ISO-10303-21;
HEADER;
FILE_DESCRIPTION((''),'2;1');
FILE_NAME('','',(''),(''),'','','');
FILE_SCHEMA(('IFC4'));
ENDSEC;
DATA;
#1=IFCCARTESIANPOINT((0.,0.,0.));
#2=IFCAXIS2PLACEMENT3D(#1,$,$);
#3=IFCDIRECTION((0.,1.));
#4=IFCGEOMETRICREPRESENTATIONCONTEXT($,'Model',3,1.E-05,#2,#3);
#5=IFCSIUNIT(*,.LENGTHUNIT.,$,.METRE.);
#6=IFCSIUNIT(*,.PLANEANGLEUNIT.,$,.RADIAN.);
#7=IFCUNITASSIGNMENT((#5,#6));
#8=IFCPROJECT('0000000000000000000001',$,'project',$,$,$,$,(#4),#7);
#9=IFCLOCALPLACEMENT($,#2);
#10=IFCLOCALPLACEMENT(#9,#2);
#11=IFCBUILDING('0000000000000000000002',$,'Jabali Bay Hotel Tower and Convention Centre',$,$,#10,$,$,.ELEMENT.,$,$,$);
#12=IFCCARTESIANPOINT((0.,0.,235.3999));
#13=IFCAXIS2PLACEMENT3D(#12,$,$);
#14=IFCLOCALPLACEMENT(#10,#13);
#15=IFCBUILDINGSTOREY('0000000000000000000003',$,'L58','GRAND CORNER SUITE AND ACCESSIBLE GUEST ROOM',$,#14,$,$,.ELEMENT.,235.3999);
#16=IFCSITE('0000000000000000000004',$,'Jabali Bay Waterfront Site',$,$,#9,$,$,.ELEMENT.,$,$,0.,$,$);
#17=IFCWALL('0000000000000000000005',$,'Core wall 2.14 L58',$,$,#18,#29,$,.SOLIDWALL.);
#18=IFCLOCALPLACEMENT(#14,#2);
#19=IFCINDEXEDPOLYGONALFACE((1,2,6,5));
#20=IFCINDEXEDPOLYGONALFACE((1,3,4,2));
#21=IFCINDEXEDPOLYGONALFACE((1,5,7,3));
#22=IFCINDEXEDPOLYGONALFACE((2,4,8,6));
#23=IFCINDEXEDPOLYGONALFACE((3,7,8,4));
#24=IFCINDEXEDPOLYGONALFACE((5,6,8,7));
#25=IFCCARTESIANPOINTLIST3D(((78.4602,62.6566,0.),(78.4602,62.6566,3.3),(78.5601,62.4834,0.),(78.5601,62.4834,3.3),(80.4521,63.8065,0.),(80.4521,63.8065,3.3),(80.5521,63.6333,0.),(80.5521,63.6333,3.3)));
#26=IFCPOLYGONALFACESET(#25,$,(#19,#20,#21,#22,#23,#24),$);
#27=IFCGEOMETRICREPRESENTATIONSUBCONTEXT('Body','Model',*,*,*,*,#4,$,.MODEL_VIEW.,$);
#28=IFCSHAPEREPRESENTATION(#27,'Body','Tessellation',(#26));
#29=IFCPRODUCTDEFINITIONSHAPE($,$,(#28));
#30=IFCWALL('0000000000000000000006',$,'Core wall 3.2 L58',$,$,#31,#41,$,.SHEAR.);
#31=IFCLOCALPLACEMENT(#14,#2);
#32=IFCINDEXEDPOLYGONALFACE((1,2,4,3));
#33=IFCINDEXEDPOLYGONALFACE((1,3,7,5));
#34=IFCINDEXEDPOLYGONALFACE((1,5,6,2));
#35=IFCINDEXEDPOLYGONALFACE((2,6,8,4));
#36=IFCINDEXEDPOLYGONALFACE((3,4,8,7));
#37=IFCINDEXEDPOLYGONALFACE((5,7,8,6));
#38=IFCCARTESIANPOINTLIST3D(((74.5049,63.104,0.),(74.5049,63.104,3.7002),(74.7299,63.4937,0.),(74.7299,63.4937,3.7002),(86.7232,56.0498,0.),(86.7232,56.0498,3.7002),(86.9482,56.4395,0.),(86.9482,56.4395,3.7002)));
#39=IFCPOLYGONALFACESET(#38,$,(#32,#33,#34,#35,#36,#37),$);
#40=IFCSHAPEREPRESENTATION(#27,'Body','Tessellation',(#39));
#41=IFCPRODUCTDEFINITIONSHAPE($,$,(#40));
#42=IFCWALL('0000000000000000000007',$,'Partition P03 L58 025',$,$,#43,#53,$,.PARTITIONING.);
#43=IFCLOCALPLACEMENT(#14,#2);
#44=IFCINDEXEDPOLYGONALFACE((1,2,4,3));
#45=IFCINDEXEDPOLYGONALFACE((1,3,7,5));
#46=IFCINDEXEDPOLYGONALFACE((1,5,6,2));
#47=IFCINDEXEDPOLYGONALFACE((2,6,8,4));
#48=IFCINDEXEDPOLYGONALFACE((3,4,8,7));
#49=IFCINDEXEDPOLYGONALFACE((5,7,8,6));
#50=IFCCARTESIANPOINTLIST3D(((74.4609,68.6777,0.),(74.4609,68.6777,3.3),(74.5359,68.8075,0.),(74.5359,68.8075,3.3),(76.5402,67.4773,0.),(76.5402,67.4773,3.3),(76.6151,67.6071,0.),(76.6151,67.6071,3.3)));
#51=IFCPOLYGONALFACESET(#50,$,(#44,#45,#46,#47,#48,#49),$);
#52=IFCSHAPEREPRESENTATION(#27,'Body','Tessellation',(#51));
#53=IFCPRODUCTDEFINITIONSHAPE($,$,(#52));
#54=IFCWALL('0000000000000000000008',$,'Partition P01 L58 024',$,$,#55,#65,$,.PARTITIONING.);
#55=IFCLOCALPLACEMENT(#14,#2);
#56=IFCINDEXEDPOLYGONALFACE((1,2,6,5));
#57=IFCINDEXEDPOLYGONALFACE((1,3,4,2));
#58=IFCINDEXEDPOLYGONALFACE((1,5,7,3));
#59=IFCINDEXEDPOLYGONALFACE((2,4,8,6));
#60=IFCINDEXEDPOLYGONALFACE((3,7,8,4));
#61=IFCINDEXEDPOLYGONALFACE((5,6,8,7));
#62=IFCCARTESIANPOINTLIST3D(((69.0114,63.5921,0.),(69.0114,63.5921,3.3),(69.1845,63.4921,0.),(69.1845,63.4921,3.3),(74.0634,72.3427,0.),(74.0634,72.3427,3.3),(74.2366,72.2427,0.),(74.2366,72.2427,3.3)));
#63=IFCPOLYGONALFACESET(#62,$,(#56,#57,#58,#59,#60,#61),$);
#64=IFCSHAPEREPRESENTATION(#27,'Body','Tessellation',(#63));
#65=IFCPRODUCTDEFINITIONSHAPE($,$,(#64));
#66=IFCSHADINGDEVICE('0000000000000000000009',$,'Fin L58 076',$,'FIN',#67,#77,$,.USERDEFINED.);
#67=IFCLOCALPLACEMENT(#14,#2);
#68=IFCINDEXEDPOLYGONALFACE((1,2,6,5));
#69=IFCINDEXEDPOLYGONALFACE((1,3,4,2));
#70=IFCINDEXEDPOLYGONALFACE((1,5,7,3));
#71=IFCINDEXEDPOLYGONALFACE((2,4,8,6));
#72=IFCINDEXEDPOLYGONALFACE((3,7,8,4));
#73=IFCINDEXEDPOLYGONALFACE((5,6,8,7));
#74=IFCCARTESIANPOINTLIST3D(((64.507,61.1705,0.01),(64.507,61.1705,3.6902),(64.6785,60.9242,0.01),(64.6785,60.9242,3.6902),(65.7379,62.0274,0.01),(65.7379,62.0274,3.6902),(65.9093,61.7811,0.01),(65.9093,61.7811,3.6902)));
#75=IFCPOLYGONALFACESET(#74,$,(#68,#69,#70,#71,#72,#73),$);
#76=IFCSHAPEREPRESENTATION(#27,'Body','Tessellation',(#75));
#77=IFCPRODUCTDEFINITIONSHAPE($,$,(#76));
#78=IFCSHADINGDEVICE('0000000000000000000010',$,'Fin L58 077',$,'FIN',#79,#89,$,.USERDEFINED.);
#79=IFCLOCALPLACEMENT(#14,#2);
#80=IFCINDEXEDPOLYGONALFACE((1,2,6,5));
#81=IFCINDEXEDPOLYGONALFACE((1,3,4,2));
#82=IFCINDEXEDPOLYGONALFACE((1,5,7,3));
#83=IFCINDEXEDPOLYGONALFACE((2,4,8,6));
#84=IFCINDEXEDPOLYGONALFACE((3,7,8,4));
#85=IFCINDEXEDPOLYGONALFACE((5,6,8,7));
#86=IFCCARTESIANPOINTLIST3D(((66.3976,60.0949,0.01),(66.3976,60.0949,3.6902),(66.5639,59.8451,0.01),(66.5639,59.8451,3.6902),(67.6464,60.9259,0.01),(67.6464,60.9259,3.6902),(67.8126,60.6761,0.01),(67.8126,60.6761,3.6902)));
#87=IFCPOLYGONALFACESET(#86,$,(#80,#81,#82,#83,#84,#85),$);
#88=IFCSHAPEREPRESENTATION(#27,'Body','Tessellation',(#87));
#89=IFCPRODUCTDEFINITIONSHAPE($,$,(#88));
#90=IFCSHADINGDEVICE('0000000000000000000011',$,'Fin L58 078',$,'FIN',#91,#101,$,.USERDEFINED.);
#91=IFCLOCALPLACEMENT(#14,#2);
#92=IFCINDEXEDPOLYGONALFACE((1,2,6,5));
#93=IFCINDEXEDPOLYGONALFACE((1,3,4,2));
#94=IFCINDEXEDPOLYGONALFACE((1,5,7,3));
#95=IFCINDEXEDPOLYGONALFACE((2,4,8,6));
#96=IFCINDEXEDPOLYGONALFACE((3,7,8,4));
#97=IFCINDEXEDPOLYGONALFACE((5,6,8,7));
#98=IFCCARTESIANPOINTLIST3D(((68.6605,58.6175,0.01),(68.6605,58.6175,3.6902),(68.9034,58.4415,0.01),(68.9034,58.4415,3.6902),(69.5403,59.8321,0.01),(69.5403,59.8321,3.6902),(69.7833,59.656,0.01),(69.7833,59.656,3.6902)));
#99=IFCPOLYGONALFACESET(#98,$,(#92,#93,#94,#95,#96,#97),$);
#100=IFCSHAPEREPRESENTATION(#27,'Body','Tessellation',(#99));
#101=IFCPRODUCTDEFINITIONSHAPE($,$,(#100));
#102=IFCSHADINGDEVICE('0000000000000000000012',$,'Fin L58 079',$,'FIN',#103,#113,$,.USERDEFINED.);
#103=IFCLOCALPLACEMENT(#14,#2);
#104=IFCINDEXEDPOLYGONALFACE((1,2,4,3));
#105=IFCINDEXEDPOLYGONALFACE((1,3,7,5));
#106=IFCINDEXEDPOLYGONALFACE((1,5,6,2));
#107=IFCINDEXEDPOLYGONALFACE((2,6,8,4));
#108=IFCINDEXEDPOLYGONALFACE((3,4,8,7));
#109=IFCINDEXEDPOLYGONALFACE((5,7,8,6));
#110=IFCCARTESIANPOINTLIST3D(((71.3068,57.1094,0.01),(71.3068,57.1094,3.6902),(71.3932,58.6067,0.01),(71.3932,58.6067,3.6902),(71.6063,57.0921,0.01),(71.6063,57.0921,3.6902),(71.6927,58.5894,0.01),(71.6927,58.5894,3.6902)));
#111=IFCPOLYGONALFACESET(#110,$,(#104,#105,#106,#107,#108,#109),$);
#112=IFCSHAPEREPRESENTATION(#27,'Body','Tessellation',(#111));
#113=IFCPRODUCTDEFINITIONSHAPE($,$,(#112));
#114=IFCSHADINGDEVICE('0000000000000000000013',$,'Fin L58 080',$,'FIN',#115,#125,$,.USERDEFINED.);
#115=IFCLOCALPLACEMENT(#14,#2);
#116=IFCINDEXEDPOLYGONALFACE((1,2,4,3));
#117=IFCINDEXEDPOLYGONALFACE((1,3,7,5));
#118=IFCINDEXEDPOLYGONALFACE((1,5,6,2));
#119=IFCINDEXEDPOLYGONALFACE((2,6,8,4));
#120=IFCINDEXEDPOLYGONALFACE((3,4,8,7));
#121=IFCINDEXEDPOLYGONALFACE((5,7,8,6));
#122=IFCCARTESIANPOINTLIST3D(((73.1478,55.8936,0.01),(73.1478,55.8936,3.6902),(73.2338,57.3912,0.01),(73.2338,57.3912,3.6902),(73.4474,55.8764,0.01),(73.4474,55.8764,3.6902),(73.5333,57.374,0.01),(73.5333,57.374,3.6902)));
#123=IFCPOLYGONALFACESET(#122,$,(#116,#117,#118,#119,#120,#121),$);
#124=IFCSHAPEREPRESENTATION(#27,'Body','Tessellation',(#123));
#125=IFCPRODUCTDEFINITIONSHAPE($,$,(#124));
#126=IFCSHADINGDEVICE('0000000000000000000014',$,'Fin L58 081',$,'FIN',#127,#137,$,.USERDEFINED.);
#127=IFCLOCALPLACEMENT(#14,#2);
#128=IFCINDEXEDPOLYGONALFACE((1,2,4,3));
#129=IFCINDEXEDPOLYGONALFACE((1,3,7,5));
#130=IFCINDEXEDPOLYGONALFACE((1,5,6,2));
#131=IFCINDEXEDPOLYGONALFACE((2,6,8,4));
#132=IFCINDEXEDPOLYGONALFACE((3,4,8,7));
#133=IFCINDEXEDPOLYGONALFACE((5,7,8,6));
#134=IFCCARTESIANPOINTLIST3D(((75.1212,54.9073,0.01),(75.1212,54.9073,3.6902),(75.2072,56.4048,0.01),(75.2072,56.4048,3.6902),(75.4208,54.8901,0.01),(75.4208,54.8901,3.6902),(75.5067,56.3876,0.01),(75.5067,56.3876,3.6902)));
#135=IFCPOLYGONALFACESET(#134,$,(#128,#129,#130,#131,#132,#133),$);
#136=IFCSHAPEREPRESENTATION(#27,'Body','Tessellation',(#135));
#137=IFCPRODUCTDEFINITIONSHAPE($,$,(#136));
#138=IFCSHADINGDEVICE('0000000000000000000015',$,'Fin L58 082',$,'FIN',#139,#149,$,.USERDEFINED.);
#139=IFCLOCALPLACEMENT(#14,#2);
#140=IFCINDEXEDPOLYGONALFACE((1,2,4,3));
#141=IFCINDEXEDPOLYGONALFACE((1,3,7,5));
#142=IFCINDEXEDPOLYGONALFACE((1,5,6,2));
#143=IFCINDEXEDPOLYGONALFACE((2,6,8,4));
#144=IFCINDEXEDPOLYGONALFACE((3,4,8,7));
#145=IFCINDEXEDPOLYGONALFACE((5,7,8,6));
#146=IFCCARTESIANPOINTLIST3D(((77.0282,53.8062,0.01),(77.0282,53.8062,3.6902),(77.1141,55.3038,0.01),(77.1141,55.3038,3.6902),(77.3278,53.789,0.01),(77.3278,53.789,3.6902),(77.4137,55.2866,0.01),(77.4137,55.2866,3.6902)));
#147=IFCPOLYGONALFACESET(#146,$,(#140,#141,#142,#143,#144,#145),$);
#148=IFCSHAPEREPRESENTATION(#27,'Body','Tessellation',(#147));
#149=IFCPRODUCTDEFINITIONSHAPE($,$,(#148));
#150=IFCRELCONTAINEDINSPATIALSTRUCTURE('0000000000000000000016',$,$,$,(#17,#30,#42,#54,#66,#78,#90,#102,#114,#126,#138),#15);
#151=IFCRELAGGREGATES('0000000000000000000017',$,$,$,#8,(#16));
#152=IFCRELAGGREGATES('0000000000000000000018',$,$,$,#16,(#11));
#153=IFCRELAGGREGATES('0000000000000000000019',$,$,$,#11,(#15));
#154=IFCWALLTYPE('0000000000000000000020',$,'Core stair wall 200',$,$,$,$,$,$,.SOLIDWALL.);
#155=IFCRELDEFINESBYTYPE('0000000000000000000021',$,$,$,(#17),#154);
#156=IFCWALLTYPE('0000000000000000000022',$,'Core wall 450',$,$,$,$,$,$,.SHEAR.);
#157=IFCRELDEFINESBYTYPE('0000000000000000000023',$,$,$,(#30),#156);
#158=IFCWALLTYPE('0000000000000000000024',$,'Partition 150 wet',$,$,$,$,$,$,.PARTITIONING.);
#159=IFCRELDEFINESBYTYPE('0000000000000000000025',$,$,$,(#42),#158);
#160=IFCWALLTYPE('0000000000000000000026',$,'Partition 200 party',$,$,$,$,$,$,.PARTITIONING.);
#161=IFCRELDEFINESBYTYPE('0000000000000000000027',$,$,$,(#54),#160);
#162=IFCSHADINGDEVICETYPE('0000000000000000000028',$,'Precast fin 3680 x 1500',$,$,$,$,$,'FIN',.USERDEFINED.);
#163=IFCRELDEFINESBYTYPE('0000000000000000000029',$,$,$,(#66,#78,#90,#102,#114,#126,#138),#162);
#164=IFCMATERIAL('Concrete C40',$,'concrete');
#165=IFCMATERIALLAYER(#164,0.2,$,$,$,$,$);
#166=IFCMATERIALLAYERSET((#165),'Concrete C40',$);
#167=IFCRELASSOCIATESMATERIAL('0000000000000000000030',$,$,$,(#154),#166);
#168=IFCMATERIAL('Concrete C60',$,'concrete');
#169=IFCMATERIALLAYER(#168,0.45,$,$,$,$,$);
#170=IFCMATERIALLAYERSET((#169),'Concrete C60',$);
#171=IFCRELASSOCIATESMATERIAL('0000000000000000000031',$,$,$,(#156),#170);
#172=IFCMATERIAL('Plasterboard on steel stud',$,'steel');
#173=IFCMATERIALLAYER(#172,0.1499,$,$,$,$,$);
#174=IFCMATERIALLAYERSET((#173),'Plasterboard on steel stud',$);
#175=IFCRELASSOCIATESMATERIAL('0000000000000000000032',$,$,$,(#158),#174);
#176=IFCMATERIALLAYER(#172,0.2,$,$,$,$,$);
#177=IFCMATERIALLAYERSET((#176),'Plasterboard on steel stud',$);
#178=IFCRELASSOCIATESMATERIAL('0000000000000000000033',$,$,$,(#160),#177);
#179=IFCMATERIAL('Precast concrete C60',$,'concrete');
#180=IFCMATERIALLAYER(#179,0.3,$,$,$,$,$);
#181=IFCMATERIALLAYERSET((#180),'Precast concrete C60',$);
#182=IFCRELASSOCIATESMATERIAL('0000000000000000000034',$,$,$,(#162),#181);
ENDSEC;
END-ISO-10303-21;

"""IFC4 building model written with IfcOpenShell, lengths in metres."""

from ifc_helpers import new_model, si_unit, direction, frame, frame_2d, origin, place, context, subcontext, project, spatial, rectangle, extrude, material, layer, layer_set, type_object, element, save


model = new_model("IFC4")

# Units and contexts
model_context = context("Model", 3, precision=1e-05, world=origin(), true_north=direction((0.0, 1.0)))
body_context = subcontext(model_context, "Body", "Model", "MODEL_VIEW")
ifc_project = project(units=[si_unit("LENGTHUNIT", "METRE"), si_unit("PLANEANGLEUNIT", "RADIAN")], contexts=[model_context])

# Site, building, storey
site_placement = place(None, origin())
site = spatial("IfcSite", under=ifc_project, at=site_placement, Name="Jabali Bay Waterfront Site", CompositionType="ELEMENT", RefElevation=0.0)
building_placement = place(site_placement, origin())
building = spatial("IfcBuilding", under=site, at=building_placement, Name="Jabali Bay Hotel Tower and Convention Centre", CompositionType="ELEMENT")
storey_placement = place(building_placement, frame((0.0, 0.0, 235.3999)))
storey = spatial("IfcBuildingStorey", under=building, at=storey_placement, Name="L58", Description="GRAND CORNER SUITE AND ACCESSIBLE GUEST ROOM", CompositionType="ELEMENT", Elevation=235.3999)

# Shared definitions
ifc_material_1 = material(Name="Concrete C60", Category="concrete")

# Shared definitions
ifc_material_2 = material(Name="Concrete C40", Category="concrete")

# Shared definitions
ifc_layer_1 = layer(ifc_material_2, 0.2)
ifc_layer_set_1 = layer_set([ifc_layer_1], Name="Concrete C40")
wall_type_1 = type_object("IfcWallType", Name="Core stair wall 200", PredefinedType="SOLIDWALL", material=ifc_layer_set_1)

# Walls
wall_1_placement = place(storey_placement, frame((78.5103, 62.5701, 0.0), z_axis=(0.0, 0.0, 1.0), x_axis=(0.866053, 0.499952, 0.0)))
element("IfcWall", 1, at=wall_1_placement, inside=storey, type_object=wall_type_1, Name="Core wall 2.14 L58", PredefinedType="SOLIDWALL", context=body_context, shape_type="SweptSolid", body=[
    extrude(rectangle(XDim=2.3, YDim=0.2, at=frame_2d((1.1499, 0.0))), origin(), (0.0, 0.0, 1.0), 3.3),
])
ifc_layer_2 = layer(ifc_material_1, 0.45)
ifc_layer_set_2 = layer_set([ifc_layer_2], Name="Concrete C60")
wall_type_2 = type_object("IfcWallType", Name="Core wall 450", PredefinedType="SHEAR", material=ifc_layer_set_2)
wall_2_placement = place(storey_placement, frame((74.6174, 63.2988, 0.0), z_axis=(0.0, 0.0, 1.0), x_axis=(0.866026, -0.499999, 0.0)))
element("IfcWall", 2, at=wall_2_placement, inside=storey, type_object=wall_type_2, Name="Core wall 3.2 L58", PredefinedType="SHEAR", context=body_context, shape_type="SweptSolid", body=[
    extrude(rectangle(XDim=14.1084, YDim=0.45, at=frame_2d((7.0542, 0.0))), origin(), (0.0, 0.0, 1.0), 3.7002),
])
ifc_material_3 = material(Name="Plasterboard on steel stud", Category="steel")
ifc_layer_3 = layer(ifc_material_3, 0.1499)
ifc_layer_set_3 = layer_set([ifc_layer_3], Name="Plasterboard on steel stud")
wall_type_3 = type_object("IfcWallType", Name="Partition 150 wet", PredefinedType="PARTITIONING", material=ifc_layer_set_3)
wall_3_placement = place(storey_placement, frame((76.5776, 67.5422, 0.0), z_axis=(0.0, 0.0, 1.0), x_axis=(-0.866038, 0.499978, 0.0)))
element("IfcWall", 3, at=wall_3_placement, inside=storey, type_object=wall_type_3, Name="Partition P03 L58 025", PredefinedType="PARTITIONING", context=body_context, shape_type="SweptSolid", body=[
    extrude(rectangle(XDim=2.4009, YDim=0.1499, at=frame_2d((1.2004, 0.0))), origin(), (0.0, 0.0, 1.0), 3.3),
])
ifc_layer_4 = layer(ifc_material_3, 0.2)
ifc_layer_set_4 = layer_set([ifc_layer_4], Name="Plasterboard on steel stud")
wall_type_4 = type_object("IfcWallType", Name="Partition 200 party", PredefinedType="PARTITIONING", material=ifc_layer_set_4)
wall_4_placement = place(storey_placement, frame((69.0979, 63.542, 0.0), z_axis=(0.0, 0.0, 1.0), x_axis=(0.499993, 0.866029, 0.0)))
element("IfcWall", 4, at=wall_4_placement, inside=storey, type_object=wall_type_4, Name="Partition P01 L58 024", PredefinedType="PARTITIONING", context=body_context, shape_type="SweptSolid", body=[
    extrude(rectangle(XDim=10.1042, YDim=0.2, at=frame_2d((5.0522, 0.0))), origin(), (0.0, 0.0, 1.0), 3.3),
])

# Shading devices
ifc_material_4 = material(Name="Precast concrete C60", Category="concrete")
ifc_layer_5 = layer(ifc_material_4, 0.3)
ifc_layer_set_5 = layer_set([ifc_layer_5], Name="Precast concrete C60")
shading_device_type = type_object("IfcShadingDeviceType", Name="Precast fin 3680 x 1500", ElementType="FIN", PredefinedType="USERDEFINED", material=ifc_layer_set_5)
shading_device_1_placement = place(storey_placement, frame((65.8237, 61.9043, 0.01), z_axis=(0.0, 0.0, 1.0), x_axis=(-0.820713, -0.571341, 0.0)))
element("IfcShadingDevice", 5, at=shading_device_1_placement, inside=storey, type_object=shading_device_type, Name="Fin L58 076", ObjectType="FIN", PredefinedType="USERDEFINED", context=body_context, shape_type="SweptSolid", body=[
    extrude(rectangle(XDim=1.4998, YDim=0.3, at=frame_2d((0.75, 0.0))), origin(), (0.0, 0.0, 1.0), 3.6802),
])
shading_device_2_placement = place(storey_placement, frame((67.7295, 60.801, 0.01), z_axis=(0.0, 0.0, 1.0), x_axis=(-0.832501, -0.554024, 0.0)))
element("IfcShadingDevice", 6, at=shading_device_2_placement, inside=storey, type_object=shading_device_type, Name="Fin L58 077", ObjectType="FIN", PredefinedType="USERDEFINED", context=body_context, shape_type="SweptSolid", body=[
    extrude(rectangle(XDim=1.5, YDim=0.3, at=frame_2d((0.75, 0.0))), origin(), (0.0, 0.0, 1.0), 3.6802),
])
for number, where, z_axis, x_axis, name in (
    (7, (69.6619, 59.7441, 0.01), (0.0, 0.0, 1.0), (-0.586661, -0.809833, 0.0), "Fin L58 078"),
    (8, (71.543, 58.5981, 0.01), (0.0, 0.0, 1.0), (-0.057625, -0.998338, 0.0), "Fin L58 079"),
):
    element("IfcShadingDevice", number, at=place(storey_placement, frame(where, z_axis=z_axis, x_axis=x_axis)), inside=storey, type_object=shading_device_type, Name=name, ObjectType="FIN", PredefinedType="USERDEFINED", context=body_context, shape_type="SweptSolid", body=[
        extrude(rectangle(XDim=1.4998, YDim=0.3, at=frame_2d((0.75, 0.0))), origin(), (0.0, 0.0, 1.0), 3.6802),
    ])
for number, where, z_axis, x_axis, name in (
    (9, (73.3835, 57.3826, 0.01), (0.0, 0.0, 1.0), (-0.057291, -0.998358, 0.0), "Fin L58 080"),
    (10, (75.3569, 56.3962, 0.01), (0.0, 0.0, 1.0), (-0.057291, -0.998358, 0.0), "Fin L58 081"),
    (11, (77.2639, 55.2952, 0.01), (0.0, 0.0, 1.0), (-0.057291, -0.998358, 0.0), "Fin L58 082"),
):
    element("IfcShadingDevice", number, at=place(storey_placement, frame(where, z_axis=z_axis, x_axis=x_axis)), inside=storey, type_object=shading_device_type, Name=name, ObjectType="FIN", PredefinedType="USERDEFINED", context=body_context, shape_type="SweptSolid", body=[
        extrude(rectangle(XDim=1.5, YDim=0.3, at=frame_2d((0.75, 0.0))), origin(), (0.0, 0.0, 1.0), 3.6802),
    ])

save(model, "model.ifc")
